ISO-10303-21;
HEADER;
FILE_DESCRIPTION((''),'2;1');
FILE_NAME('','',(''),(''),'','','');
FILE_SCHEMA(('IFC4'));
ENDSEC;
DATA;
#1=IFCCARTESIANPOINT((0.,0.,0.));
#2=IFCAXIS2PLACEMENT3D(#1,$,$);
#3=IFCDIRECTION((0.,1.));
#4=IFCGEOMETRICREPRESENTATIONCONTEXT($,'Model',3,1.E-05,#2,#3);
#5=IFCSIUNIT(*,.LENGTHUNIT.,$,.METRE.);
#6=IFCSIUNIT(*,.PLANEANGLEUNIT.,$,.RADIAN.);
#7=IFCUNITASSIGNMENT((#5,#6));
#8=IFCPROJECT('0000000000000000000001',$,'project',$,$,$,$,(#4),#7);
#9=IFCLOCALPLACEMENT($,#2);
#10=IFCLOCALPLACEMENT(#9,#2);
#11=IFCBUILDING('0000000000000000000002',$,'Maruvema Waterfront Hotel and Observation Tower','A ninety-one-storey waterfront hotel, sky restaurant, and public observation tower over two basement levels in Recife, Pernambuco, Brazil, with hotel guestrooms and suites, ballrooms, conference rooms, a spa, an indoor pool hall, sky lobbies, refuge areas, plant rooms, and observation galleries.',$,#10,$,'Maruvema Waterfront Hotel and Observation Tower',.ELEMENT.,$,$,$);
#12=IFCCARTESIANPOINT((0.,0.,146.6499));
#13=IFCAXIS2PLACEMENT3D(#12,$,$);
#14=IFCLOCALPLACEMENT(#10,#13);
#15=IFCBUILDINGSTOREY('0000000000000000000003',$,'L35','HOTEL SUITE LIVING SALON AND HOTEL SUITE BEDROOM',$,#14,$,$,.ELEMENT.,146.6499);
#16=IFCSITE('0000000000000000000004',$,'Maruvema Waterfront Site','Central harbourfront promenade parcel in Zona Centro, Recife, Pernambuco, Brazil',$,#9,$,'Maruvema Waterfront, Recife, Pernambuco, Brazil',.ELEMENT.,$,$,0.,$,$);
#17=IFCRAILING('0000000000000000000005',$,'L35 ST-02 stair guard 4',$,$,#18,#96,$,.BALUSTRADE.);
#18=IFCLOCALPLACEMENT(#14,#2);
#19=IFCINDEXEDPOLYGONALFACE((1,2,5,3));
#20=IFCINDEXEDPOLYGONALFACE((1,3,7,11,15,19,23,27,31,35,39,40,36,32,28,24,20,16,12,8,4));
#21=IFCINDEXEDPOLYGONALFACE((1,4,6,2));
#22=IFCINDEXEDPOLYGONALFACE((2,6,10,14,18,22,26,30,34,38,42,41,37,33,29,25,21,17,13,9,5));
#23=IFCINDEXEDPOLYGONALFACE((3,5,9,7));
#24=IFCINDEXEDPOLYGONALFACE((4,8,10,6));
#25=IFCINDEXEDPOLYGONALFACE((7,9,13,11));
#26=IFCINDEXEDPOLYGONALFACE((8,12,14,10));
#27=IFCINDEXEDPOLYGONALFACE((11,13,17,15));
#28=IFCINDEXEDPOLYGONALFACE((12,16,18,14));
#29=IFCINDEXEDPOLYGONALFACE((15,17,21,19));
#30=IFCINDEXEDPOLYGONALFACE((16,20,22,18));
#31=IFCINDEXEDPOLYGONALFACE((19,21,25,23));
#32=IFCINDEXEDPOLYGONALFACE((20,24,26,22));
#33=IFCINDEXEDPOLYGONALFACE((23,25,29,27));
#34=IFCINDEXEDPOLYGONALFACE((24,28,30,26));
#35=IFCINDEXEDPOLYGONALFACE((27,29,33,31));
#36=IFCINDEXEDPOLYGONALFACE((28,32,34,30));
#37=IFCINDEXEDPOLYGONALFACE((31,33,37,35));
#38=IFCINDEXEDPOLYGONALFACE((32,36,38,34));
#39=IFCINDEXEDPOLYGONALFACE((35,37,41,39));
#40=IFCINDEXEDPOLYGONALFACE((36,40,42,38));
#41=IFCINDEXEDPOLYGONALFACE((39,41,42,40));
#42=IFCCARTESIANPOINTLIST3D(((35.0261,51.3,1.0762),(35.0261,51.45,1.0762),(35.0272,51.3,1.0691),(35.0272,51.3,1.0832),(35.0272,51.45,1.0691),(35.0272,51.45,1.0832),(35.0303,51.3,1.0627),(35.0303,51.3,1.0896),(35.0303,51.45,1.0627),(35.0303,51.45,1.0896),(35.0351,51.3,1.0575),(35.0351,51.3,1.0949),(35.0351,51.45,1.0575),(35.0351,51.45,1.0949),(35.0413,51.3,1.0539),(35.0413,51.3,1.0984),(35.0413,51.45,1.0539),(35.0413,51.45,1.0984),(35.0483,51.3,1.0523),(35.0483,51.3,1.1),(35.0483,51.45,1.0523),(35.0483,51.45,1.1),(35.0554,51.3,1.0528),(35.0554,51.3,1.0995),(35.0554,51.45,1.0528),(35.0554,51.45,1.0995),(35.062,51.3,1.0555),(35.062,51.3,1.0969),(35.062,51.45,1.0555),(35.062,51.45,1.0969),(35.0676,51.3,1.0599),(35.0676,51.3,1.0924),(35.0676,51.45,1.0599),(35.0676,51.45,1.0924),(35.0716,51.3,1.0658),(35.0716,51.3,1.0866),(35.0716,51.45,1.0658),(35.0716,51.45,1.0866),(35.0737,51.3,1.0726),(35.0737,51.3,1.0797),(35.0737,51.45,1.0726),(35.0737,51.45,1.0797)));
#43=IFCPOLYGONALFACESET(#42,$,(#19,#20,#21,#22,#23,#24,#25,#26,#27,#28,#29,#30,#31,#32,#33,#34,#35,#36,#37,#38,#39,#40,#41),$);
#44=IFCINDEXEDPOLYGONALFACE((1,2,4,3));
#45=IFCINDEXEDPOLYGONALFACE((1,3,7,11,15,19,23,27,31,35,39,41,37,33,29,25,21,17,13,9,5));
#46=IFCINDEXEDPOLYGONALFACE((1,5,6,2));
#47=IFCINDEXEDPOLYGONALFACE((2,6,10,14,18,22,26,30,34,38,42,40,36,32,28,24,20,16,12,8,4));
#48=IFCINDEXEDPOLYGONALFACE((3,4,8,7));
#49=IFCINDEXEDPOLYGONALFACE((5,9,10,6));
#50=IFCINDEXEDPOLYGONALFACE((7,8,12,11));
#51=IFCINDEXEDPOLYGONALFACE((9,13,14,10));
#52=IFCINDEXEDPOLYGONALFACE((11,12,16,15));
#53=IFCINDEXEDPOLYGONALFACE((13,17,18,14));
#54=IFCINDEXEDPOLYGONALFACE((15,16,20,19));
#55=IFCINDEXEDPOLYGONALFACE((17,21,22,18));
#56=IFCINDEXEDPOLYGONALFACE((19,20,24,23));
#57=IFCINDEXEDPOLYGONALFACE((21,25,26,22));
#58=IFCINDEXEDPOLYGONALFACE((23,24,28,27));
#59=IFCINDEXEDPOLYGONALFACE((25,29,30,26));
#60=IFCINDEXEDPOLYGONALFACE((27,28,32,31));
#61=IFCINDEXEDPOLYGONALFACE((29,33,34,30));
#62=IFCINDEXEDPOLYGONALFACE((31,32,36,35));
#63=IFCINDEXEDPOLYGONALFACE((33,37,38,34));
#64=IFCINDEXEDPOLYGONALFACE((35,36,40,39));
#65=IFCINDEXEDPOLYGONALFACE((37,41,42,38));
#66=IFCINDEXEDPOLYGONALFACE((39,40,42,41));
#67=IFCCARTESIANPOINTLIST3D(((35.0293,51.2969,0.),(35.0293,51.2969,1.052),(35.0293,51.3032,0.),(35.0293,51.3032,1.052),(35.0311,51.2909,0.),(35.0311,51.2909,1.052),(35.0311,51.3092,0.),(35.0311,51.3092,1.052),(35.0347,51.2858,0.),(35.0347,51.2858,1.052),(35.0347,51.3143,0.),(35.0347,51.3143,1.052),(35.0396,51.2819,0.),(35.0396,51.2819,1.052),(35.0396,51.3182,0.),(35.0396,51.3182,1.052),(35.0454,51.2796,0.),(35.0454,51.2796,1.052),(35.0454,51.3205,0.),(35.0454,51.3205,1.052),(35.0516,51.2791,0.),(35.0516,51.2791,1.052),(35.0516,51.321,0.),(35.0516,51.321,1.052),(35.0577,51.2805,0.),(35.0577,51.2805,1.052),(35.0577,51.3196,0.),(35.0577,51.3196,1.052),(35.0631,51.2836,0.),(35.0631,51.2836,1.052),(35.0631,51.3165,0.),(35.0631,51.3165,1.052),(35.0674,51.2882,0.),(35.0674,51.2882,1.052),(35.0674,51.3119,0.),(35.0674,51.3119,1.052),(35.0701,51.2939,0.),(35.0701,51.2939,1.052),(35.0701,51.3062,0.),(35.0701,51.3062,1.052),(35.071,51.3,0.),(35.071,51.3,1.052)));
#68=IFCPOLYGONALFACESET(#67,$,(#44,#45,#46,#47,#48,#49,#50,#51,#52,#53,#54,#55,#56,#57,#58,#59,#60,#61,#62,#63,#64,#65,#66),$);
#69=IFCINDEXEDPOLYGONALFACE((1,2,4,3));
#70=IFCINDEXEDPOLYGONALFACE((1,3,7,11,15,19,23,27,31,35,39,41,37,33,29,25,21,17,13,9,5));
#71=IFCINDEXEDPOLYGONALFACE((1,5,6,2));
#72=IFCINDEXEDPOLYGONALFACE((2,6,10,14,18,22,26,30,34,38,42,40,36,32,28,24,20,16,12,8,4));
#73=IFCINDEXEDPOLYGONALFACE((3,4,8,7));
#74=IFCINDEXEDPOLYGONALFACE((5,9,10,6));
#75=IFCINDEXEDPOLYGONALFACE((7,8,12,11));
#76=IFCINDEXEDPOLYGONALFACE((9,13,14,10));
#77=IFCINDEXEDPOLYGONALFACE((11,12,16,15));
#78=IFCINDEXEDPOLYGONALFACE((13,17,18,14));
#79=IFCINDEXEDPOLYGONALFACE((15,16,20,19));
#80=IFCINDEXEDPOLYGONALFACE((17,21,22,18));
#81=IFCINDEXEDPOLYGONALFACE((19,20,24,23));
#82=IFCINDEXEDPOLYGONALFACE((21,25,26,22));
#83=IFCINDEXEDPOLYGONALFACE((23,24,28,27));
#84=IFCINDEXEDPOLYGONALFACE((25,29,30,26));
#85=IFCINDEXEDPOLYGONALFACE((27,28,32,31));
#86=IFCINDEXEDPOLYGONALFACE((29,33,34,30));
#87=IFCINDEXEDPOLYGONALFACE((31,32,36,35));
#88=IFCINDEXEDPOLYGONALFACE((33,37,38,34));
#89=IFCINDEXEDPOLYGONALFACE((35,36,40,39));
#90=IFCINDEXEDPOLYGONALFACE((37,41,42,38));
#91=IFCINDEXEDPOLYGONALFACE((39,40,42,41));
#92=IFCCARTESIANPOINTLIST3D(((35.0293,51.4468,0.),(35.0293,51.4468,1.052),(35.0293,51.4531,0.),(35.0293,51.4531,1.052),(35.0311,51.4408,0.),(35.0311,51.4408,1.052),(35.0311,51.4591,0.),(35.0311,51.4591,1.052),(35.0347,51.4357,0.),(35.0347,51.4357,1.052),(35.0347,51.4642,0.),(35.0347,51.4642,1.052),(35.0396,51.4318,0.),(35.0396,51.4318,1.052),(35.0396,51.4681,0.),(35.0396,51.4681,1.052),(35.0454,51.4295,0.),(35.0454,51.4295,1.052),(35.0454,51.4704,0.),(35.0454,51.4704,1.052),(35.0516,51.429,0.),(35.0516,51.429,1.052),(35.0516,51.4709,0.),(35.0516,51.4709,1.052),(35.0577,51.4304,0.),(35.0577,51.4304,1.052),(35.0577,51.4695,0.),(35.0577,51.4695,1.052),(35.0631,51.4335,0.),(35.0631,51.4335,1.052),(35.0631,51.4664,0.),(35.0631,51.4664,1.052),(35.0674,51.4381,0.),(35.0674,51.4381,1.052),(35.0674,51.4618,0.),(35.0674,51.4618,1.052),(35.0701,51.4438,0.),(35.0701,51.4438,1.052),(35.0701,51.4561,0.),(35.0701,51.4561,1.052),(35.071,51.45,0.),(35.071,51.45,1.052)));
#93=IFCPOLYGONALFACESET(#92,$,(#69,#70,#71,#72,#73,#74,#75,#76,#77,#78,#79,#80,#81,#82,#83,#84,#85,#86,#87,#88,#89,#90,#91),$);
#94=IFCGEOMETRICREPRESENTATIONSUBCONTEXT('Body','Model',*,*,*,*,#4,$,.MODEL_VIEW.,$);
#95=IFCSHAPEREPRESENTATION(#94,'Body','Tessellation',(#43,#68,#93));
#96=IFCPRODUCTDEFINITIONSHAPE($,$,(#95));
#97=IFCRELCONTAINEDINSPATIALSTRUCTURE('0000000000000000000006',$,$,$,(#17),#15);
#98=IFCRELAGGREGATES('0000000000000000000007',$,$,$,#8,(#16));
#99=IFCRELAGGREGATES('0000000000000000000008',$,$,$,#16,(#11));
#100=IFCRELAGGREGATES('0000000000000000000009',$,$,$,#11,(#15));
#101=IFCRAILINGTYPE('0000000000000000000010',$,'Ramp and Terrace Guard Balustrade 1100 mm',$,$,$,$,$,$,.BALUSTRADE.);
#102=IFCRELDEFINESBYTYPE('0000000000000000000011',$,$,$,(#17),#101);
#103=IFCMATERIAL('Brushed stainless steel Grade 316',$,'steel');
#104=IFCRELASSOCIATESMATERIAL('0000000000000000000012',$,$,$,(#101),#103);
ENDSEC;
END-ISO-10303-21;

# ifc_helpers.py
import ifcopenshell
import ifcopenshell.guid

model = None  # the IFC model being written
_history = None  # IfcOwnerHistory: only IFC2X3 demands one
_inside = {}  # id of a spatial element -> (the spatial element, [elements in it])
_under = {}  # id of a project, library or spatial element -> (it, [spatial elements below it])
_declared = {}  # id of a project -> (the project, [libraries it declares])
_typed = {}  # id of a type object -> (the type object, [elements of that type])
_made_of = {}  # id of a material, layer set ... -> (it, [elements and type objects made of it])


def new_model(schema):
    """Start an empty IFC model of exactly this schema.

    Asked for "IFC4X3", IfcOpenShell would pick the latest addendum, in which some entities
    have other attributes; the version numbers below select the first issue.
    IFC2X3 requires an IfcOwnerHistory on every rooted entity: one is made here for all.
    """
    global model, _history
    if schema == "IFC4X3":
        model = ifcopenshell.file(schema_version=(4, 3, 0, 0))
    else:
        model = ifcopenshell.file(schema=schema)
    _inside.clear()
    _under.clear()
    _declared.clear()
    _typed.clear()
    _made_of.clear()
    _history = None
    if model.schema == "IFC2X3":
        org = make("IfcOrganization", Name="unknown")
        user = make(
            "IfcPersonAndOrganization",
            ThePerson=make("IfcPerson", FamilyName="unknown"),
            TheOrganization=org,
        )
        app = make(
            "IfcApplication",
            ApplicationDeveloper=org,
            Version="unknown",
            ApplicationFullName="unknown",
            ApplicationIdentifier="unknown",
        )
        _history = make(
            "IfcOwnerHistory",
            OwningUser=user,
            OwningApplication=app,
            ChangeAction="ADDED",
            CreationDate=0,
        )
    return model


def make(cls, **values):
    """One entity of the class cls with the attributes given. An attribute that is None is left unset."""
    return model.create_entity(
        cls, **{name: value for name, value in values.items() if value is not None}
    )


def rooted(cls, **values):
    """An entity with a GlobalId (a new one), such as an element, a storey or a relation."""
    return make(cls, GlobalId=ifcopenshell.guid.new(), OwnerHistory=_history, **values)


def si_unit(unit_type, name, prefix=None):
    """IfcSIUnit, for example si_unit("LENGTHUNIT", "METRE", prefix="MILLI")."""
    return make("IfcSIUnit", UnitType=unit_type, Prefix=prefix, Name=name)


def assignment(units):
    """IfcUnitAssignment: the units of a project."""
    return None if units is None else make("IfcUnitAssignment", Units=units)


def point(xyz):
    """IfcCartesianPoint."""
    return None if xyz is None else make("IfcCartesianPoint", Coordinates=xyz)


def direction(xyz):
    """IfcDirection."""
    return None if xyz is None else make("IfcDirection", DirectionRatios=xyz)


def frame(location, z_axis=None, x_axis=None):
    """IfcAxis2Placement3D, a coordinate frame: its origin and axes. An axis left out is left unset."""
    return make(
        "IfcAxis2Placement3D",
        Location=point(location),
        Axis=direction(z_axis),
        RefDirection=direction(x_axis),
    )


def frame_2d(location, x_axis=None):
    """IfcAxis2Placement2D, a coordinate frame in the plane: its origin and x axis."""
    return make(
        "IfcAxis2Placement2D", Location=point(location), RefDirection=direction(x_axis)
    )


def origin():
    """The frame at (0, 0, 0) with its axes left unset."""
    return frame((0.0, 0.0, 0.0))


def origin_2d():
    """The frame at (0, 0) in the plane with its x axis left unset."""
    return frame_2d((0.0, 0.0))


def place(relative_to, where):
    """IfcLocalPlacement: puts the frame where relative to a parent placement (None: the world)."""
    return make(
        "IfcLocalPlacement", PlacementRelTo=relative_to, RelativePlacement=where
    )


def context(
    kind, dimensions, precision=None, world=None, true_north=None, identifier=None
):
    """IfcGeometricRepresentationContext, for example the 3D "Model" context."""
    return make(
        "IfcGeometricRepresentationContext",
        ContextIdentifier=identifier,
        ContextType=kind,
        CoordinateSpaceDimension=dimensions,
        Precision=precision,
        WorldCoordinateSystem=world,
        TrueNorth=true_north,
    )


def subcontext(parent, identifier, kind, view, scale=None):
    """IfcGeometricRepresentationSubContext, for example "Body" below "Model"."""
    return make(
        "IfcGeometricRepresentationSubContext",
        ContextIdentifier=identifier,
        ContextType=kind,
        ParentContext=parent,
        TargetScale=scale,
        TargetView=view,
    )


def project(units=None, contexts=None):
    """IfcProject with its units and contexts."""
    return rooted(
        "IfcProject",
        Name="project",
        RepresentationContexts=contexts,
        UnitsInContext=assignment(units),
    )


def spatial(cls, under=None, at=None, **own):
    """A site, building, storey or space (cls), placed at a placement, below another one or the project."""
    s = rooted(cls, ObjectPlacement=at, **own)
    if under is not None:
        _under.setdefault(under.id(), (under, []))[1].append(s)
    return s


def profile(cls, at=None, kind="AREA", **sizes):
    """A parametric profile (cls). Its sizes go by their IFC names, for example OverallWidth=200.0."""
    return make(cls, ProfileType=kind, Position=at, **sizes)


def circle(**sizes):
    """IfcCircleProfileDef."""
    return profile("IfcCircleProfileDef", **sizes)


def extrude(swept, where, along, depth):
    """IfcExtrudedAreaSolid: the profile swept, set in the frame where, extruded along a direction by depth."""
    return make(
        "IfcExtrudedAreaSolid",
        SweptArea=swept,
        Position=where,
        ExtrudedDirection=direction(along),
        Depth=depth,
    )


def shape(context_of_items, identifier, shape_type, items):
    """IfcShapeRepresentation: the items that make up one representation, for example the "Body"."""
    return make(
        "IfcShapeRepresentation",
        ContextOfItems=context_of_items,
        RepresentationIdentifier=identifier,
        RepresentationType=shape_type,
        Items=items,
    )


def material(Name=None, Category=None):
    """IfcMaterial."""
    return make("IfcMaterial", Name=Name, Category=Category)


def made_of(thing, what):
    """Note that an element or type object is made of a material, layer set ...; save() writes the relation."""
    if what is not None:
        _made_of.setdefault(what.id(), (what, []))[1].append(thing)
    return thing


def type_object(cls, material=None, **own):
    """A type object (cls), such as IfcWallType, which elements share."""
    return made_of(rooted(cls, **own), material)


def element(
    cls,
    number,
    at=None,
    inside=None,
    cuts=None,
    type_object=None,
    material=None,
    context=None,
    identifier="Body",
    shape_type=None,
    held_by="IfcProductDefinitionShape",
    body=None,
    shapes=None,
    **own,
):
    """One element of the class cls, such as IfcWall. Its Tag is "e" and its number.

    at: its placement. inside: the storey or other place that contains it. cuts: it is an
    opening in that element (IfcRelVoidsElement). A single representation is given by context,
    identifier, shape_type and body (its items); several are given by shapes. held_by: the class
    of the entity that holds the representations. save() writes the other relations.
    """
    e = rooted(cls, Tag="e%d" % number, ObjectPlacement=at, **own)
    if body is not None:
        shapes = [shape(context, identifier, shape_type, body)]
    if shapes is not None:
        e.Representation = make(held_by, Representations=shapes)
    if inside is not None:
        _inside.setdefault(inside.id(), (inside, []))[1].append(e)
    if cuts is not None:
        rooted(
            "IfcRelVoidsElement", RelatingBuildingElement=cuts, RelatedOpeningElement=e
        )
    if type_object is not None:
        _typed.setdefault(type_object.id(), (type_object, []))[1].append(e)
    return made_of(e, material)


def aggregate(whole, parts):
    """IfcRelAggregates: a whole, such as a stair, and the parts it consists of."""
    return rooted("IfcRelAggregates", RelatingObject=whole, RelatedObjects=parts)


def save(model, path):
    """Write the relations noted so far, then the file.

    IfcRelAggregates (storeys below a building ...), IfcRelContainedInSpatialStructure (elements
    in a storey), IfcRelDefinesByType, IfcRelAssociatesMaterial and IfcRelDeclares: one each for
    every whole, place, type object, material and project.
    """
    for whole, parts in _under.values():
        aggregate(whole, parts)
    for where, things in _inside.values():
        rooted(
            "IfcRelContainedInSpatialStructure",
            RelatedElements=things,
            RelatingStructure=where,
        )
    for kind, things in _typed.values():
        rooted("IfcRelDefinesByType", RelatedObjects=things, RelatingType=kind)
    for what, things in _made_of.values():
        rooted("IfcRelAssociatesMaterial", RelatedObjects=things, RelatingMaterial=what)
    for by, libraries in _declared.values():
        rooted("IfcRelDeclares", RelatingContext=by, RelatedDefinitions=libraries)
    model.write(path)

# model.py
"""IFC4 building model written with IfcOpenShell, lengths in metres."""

from ifc_helpers import new_model, si_unit, direction, frame, origin, origin_2d, place, context, subcontext, project, spatial, circle, extrude, material, type_object, element, save


model = new_model("IFC4")

# Units and contexts
model_context = context("Model", 3, precision=1e-05, world=origin(), true_north=direction((0.0, 1.0)))
body_context = subcontext(model_context, "Body", "Model", "MODEL_VIEW")
ifc_project = project(units=[si_unit("LENGTHUNIT", "METRE"), si_unit("PLANEANGLEUNIT", "RADIAN")], contexts=[model_context])

# Site, building, storey
site_placement = place(None, origin())
site = spatial("IfcSite", under=ifc_project, at=site_placement, Name="Maruvema Waterfront Site", Description="Central harbourfront promenade parcel in Zona Centro, Recife, Pernambuco, Brazil", LongName="Maruvema Waterfront, Recife, Pernambuco, Brazil", CompositionType="ELEMENT", RefElevation=0.0)
building_placement = place(site_placement, origin())
building = spatial("IfcBuilding", under=site, at=building_placement, Name="Maruvema Waterfront Hotel and Observation Tower", Description="A ninety-one-storey waterfront hotel, sky restaurant, and public observation tower over two basement levels in Recife, Pernambuco, Brazil, with hotel guestrooms and suites, ballrooms, conference rooms, a spa, an indoor pool hall, sky lobbies, refuge areas, plant rooms, and observation galleries.", LongName="Maruvema Waterfront Hotel and Observation Tower", CompositionType="ELEMENT")
storey_placement = place(building_placement, frame((0.0, 0.0, 146.6499)))
storey = spatial("IfcBuildingStorey", under=building, at=storey_placement, Name="L35", Description="HOTEL SUITE LIVING SALON AND HOTEL SUITE BEDROOM", CompositionType="ELEMENT", Elevation=146.6499)

# Railing
ifc_material_1 = material(Name="Brushed stainless steel Grade 316", Category="steel")
railing_type_1 = type_object("IfcRailingType", Name="Ramp and Terrace Guard Balustrade 1100 mm", PredefinedType="BALUSTRADE", material=ifc_material_1)
railing_1_placement = place(storey_placement, frame((35.05, 51.3, 0.0)))
element("IfcRailing", 1, at=railing_1_placement, inside=storey, type_object=railing_type_1, Name="L35 ST-02 stair guard 4", PredefinedType="BALUSTRADE", context=body_context, shape_type="SweptSolid", body=[
    extrude(circle(Radius=0.0239, at=origin_2d()), frame((0.0, 0.0, 1.0762), z_axis=(0.0, 1.0, 0.0), x_axis=(-1.0, 0.0, 0.0)), (0.0, 0.0, 1.0), 0.1499),
    extrude(circle(Radius=0.021, at=origin_2d()), origin(), (0.0, 0.0, 1.0), 1.052),
    extrude(circle(Radius=0.021, at=origin_2d()), frame((0.0, 0.1499, 0.0)), (0.0, 0.0, 1.0), 1.052),
])

save(model, "model.ifc")
